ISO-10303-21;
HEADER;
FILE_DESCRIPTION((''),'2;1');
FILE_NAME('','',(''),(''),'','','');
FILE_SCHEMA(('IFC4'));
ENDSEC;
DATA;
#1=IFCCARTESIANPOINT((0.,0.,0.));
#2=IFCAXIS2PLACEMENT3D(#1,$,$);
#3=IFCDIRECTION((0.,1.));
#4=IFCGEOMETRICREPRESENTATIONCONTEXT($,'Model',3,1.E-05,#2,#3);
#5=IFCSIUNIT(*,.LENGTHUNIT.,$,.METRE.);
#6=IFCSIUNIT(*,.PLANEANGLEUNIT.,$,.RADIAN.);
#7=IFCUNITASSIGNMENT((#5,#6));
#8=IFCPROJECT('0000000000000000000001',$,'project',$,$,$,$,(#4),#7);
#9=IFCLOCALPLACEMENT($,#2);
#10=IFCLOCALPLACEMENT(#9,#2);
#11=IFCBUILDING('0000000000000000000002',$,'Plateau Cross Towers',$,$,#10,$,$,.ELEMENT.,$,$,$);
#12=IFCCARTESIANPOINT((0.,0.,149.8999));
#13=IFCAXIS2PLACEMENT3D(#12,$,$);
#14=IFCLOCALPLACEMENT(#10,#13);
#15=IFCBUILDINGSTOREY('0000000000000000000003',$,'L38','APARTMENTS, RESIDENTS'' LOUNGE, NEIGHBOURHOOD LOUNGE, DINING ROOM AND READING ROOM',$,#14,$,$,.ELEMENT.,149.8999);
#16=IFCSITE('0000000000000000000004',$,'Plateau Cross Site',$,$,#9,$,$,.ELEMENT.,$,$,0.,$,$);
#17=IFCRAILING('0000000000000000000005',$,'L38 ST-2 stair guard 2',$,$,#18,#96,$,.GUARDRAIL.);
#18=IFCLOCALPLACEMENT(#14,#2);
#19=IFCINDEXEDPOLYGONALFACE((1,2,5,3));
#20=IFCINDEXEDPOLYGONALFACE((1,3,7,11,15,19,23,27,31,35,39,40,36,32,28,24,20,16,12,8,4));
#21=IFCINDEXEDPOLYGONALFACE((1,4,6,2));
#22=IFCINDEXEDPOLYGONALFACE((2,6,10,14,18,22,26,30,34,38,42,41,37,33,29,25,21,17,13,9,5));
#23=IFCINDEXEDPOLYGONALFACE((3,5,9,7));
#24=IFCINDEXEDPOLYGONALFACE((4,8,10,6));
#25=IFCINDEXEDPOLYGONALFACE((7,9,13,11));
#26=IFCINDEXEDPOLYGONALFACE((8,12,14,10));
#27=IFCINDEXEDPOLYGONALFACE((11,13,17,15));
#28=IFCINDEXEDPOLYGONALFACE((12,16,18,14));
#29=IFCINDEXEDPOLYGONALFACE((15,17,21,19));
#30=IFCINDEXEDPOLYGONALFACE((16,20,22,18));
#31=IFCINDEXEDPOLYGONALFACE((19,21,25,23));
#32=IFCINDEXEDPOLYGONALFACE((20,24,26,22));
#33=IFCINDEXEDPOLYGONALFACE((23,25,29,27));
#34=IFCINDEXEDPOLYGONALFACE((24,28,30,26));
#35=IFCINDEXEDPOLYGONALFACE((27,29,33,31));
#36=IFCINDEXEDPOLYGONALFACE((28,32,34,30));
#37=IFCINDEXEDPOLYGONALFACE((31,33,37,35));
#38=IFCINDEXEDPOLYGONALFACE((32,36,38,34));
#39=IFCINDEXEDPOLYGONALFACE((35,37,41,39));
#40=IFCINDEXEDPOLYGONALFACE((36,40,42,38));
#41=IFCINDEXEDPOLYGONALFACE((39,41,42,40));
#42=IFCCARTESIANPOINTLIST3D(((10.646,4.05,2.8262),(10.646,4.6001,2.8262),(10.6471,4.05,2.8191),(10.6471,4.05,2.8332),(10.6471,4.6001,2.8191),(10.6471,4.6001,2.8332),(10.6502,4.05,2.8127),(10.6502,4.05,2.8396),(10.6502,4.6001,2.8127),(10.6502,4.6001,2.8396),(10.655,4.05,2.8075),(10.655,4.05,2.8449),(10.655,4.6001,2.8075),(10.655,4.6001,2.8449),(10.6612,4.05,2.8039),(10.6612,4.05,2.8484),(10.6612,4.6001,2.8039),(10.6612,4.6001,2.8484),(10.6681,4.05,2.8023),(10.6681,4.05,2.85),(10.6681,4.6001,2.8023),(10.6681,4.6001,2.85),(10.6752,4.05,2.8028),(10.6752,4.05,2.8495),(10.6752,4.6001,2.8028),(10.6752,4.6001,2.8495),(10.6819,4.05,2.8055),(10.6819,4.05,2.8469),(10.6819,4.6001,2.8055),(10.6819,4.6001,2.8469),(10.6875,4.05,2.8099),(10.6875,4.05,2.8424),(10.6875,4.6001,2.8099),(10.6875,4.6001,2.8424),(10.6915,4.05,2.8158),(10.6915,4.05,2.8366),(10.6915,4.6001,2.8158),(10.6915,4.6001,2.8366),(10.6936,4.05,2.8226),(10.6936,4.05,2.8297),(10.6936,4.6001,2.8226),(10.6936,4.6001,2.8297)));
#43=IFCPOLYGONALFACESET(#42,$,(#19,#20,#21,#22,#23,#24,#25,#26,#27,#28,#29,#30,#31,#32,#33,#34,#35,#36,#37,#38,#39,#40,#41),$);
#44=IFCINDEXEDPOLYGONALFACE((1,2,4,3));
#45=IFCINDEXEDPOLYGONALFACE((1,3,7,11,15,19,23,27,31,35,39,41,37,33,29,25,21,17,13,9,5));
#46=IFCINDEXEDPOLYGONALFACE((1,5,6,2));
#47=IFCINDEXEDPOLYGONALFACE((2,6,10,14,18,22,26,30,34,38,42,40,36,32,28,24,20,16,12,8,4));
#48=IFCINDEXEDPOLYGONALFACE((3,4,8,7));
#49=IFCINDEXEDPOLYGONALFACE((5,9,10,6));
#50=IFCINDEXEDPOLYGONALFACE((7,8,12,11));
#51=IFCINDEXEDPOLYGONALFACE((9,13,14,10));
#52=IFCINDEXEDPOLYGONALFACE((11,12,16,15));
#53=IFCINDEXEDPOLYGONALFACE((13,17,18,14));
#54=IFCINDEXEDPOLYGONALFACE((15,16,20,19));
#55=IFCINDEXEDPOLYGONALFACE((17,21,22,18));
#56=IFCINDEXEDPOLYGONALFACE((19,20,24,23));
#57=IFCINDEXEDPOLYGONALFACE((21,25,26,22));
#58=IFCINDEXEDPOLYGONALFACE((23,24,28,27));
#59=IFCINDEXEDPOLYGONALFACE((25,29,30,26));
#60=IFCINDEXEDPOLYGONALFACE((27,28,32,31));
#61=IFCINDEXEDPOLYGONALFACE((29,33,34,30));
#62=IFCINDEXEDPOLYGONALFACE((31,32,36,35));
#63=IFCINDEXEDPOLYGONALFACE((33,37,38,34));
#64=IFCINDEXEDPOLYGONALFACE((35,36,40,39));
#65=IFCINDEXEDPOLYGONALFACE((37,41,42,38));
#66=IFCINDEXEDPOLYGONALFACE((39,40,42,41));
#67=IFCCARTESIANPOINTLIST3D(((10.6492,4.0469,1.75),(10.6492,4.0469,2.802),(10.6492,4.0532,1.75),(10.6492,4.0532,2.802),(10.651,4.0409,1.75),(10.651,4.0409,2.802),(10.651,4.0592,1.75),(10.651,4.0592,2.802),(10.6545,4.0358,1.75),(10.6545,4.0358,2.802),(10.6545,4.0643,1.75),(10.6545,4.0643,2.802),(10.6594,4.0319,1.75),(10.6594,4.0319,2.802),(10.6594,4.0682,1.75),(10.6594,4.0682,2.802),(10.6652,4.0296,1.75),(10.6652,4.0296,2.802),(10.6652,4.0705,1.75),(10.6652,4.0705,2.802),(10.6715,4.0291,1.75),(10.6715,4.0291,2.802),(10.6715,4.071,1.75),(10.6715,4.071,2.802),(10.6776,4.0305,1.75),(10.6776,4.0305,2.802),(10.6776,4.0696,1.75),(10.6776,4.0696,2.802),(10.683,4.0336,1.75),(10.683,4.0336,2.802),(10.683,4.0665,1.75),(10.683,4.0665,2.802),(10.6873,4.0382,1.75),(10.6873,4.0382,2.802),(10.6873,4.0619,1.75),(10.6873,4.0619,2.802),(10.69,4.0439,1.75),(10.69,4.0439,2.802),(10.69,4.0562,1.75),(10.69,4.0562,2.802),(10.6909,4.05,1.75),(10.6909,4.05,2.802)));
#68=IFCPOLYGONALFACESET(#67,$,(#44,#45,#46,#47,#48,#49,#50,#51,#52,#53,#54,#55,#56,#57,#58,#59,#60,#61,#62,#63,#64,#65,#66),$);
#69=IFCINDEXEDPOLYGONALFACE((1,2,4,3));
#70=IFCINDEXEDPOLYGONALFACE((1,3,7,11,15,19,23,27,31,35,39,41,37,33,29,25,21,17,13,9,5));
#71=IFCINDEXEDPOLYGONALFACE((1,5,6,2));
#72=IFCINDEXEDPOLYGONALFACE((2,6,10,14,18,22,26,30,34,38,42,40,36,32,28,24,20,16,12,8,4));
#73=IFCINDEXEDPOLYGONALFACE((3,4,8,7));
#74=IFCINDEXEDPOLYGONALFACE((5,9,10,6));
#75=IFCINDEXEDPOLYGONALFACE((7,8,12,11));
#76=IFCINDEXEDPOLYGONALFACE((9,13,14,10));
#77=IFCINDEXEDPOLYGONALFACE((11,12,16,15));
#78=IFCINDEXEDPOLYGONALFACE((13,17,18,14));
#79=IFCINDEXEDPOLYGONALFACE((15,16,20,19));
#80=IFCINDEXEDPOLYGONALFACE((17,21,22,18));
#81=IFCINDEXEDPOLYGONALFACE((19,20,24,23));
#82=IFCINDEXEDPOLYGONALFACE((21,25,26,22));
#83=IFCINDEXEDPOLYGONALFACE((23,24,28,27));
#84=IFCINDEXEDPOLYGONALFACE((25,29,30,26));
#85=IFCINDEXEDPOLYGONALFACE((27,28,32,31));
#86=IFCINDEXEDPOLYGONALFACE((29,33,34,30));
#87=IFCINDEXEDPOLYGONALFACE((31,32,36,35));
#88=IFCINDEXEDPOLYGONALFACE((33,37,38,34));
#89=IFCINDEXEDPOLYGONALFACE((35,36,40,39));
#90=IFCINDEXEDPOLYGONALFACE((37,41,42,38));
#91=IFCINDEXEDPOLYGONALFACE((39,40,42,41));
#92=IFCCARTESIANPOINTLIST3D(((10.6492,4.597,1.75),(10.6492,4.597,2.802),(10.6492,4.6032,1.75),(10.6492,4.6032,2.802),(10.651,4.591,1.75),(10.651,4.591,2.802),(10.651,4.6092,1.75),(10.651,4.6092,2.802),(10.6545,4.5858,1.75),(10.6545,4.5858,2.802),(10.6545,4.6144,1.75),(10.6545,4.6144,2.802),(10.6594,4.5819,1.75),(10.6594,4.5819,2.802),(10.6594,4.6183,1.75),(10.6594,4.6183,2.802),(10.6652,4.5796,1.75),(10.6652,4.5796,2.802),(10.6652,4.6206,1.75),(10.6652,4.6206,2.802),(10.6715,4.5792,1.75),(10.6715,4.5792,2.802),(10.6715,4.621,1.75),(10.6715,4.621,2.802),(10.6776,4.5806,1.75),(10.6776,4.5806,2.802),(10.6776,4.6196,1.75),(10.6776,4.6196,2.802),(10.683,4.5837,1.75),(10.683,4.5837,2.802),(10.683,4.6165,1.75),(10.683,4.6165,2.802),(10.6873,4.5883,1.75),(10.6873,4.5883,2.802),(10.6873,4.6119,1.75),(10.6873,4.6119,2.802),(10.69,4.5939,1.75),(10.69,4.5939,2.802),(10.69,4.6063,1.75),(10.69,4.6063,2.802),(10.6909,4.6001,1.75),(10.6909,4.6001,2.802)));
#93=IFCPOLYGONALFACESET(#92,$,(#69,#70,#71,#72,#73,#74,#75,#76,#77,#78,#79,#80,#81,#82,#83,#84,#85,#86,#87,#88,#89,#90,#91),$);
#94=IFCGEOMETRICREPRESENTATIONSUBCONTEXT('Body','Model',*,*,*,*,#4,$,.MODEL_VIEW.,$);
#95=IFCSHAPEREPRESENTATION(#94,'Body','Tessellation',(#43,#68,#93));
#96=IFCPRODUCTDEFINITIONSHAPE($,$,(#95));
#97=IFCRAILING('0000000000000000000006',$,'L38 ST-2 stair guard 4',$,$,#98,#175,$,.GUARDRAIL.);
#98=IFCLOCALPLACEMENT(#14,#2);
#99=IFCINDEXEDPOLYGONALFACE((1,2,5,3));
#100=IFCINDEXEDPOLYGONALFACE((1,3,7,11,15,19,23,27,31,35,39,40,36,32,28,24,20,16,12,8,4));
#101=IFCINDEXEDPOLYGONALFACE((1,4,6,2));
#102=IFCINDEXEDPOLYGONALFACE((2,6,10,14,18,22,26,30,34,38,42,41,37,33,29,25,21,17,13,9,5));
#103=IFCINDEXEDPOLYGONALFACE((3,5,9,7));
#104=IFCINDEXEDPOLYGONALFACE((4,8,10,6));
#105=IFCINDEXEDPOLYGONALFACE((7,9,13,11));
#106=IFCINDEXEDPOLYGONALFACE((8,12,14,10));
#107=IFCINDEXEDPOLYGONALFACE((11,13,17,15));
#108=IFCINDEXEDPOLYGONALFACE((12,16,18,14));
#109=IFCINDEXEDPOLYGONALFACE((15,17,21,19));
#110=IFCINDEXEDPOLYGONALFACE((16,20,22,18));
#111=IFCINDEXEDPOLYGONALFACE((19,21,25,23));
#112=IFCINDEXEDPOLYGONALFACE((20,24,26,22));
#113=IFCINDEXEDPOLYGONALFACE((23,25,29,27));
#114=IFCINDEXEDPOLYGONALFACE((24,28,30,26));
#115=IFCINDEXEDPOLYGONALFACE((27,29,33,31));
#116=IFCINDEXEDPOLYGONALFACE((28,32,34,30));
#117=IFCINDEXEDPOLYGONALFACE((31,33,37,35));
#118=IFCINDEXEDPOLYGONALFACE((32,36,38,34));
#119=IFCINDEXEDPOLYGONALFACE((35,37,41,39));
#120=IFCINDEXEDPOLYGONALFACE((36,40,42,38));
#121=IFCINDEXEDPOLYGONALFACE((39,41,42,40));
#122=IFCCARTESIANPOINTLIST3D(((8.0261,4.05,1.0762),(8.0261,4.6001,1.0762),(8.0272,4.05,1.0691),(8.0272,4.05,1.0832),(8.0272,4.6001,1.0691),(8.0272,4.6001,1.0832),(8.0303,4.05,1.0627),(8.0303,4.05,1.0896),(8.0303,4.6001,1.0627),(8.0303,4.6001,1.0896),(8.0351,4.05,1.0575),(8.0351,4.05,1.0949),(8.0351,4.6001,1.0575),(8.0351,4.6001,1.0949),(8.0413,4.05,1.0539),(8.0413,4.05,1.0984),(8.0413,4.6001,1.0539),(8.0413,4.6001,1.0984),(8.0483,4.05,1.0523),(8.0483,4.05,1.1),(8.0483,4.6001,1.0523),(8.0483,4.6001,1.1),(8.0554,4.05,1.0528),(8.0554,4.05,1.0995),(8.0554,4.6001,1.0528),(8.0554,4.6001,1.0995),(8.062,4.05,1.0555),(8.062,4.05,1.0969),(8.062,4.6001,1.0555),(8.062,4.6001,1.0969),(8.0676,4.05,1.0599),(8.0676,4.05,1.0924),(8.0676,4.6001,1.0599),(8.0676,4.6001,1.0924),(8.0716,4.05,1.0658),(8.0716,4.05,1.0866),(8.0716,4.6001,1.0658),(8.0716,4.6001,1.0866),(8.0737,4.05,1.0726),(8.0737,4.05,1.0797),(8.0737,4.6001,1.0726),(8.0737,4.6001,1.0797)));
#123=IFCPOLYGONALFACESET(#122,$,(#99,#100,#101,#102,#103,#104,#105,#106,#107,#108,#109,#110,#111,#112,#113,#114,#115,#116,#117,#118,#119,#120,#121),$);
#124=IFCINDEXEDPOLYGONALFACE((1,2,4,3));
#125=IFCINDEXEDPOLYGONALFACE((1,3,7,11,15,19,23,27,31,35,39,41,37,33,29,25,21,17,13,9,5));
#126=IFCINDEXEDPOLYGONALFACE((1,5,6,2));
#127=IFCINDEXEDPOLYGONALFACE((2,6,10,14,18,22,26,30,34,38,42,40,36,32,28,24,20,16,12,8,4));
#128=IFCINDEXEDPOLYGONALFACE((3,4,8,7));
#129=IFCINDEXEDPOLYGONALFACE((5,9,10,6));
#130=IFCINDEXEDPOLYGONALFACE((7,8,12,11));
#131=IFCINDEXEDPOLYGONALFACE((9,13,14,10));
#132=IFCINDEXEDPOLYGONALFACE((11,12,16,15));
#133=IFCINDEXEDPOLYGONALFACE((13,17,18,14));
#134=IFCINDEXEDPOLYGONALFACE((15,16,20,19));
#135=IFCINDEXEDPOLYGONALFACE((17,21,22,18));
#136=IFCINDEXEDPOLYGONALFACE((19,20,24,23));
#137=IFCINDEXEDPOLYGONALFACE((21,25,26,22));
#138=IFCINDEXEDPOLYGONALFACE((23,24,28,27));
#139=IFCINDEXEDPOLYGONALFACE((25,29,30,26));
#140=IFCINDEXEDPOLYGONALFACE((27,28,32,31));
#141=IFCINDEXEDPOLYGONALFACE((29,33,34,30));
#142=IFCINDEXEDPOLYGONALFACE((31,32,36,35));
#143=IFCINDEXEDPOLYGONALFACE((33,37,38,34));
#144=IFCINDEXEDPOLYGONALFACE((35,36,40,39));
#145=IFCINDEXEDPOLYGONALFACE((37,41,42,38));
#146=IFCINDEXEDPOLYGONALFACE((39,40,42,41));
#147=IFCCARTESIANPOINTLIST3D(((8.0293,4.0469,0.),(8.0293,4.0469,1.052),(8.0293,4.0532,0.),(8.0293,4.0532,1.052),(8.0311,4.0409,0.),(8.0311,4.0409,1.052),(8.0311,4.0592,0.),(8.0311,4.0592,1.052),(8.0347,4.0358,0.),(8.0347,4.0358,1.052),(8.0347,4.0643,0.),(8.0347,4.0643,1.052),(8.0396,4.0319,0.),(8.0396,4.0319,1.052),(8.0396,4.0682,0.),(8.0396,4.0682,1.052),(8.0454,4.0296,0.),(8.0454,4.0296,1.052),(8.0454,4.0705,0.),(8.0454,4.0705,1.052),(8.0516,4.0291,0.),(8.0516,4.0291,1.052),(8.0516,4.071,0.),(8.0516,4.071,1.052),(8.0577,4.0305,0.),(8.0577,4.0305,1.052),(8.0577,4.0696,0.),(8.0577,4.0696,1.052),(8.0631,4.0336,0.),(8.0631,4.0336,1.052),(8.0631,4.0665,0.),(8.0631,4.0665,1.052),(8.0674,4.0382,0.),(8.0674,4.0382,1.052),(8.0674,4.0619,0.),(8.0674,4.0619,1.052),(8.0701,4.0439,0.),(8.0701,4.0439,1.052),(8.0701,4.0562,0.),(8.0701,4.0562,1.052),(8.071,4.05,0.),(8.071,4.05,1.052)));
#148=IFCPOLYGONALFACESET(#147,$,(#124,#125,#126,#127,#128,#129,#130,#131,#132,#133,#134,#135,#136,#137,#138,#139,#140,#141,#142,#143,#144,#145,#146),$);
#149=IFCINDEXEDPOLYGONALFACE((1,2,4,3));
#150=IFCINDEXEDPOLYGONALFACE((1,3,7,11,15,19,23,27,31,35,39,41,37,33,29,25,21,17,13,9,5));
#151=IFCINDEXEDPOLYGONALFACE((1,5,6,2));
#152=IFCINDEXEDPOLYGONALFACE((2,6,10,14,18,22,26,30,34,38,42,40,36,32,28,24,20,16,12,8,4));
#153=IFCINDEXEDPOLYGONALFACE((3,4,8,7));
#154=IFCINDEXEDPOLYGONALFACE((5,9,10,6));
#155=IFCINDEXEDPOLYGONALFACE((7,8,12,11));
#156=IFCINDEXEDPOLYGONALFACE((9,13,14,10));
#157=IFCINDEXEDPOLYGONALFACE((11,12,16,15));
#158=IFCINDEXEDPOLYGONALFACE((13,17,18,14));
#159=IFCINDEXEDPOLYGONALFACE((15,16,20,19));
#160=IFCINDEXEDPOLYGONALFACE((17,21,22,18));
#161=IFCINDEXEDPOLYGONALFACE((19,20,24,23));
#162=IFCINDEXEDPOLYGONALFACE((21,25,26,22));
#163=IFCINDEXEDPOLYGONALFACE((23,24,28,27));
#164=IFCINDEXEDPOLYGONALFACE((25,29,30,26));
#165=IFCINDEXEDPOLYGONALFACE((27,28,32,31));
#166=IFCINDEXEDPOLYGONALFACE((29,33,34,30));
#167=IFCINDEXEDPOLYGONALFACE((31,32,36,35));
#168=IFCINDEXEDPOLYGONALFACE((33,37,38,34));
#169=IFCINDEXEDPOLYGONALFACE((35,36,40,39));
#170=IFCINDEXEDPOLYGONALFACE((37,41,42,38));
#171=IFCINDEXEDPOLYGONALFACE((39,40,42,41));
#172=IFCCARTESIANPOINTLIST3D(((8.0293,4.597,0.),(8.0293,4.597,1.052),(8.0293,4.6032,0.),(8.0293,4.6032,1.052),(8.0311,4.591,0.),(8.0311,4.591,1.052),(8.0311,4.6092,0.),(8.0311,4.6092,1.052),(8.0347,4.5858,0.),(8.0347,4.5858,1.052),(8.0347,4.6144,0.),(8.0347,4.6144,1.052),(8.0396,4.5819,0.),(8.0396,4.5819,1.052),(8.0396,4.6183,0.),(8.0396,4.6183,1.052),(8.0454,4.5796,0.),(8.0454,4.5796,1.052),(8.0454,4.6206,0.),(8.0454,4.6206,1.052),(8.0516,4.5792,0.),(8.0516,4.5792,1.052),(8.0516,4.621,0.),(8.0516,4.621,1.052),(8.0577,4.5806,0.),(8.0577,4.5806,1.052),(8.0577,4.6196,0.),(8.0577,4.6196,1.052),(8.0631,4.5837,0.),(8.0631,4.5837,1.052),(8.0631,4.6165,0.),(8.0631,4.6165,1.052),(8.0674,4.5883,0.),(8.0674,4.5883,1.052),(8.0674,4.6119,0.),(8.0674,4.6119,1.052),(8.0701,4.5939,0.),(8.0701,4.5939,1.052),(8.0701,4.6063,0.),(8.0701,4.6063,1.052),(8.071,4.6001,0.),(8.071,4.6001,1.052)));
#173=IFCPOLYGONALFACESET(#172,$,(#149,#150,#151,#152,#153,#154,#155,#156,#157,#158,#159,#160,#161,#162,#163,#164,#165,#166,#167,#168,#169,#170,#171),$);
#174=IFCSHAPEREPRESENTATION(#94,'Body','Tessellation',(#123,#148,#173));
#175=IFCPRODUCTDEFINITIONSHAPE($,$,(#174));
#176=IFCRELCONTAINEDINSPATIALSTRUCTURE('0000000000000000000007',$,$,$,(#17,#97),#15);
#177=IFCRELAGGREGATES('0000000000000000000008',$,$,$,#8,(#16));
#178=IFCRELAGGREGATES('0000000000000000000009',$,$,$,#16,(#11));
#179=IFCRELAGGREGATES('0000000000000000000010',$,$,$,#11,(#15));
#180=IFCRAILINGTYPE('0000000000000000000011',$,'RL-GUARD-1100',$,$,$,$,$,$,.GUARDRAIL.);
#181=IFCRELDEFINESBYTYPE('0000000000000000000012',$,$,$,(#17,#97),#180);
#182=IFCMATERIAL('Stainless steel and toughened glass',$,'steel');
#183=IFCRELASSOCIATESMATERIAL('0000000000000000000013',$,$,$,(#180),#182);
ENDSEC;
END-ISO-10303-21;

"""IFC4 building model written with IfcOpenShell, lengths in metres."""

from ifc_helpers import new_model, si_unit, direction, frame, origin, origin_2d, place, context, subcontext, project, spatial, circle, extrude, material, type_object, element, save


model = new_model("IFC4")

# Units and contexts
model_context = context("Model", 3, precision=1e-05, world=origin(), true_north=direction((0.0, 1.0)))
body_context = subcontext(model_context, "Body", "Model", "MODEL_VIEW")
ifc_project = project(units=[si_unit("LENGTHUNIT", "METRE"), si_unit("PLANEANGLEUNIT", "RADIAN")], contexts=[model_context])

# Site, building, storey
site_placement = place(None, origin())
site = spatial("IfcSite", under=ifc_project, at=site_placement, Name="Plateau Cross Site", CompositionType="ELEMENT", RefElevation=0.0)
building_placement = place(site_placement, origin())
building = spatial("IfcBuilding", under=site, at=building_placement, Name="Plateau Cross Towers", CompositionType="ELEMENT")
storey_placement = place(building_placement, frame((0.0, 0.0, 149.8999)))
storey = spatial("IfcBuildingStorey", under=building, at=storey_placement, Name="L38", Description="APARTMENTS, RESIDENTS' LOUNGE, NEIGHBOURHOOD LOUNGE, DINING ROOM AND READING ROOM", CompositionType="ELEMENT", Elevation=149.8999)

# Railings
ifc_material_1 = material(Name="Stainless steel and toughened glass", Category="steel")
railing_type_1 = type_object("IfcRailingType", Name="RL-GUARD-1100", PredefinedType="GUARDRAIL", material=ifc_material_1)
for number, where, name in (
    (1, (10.6699, 4.05, 1.75), "L38 ST-2 stair guard 2"),
    (2, (8.05, 4.05, 0.0), "L38 ST-2 stair guard 4"),
):
    element("IfcRailing", number, at=place(storey_placement, frame(where)), inside=storey, type_object=railing_type_1, Name=name, PredefinedType="GUARDRAIL", context=body_context, shape_type="SweptSolid", body=[
        extrude(circle(Radius=0.0239, at=origin_2d()), frame((0.0, 0.0, 1.0762), z_axis=(0.0, 1.0, 0.0), x_axis=(-1.0, 0.0, 0.0)), (0.0, 0.0, 1.0), 0.55),
        extrude(circle(Radius=0.021, at=origin_2d()), origin(), (0.0, 0.0, 1.0), 1.052),
        extrude(circle(Radius=0.021, at=origin_2d()), frame((0.0, 0.55, 0.0)), (0.0, 0.0, 1.0), 1.052),
    ])

save(model, "model.ifc")
